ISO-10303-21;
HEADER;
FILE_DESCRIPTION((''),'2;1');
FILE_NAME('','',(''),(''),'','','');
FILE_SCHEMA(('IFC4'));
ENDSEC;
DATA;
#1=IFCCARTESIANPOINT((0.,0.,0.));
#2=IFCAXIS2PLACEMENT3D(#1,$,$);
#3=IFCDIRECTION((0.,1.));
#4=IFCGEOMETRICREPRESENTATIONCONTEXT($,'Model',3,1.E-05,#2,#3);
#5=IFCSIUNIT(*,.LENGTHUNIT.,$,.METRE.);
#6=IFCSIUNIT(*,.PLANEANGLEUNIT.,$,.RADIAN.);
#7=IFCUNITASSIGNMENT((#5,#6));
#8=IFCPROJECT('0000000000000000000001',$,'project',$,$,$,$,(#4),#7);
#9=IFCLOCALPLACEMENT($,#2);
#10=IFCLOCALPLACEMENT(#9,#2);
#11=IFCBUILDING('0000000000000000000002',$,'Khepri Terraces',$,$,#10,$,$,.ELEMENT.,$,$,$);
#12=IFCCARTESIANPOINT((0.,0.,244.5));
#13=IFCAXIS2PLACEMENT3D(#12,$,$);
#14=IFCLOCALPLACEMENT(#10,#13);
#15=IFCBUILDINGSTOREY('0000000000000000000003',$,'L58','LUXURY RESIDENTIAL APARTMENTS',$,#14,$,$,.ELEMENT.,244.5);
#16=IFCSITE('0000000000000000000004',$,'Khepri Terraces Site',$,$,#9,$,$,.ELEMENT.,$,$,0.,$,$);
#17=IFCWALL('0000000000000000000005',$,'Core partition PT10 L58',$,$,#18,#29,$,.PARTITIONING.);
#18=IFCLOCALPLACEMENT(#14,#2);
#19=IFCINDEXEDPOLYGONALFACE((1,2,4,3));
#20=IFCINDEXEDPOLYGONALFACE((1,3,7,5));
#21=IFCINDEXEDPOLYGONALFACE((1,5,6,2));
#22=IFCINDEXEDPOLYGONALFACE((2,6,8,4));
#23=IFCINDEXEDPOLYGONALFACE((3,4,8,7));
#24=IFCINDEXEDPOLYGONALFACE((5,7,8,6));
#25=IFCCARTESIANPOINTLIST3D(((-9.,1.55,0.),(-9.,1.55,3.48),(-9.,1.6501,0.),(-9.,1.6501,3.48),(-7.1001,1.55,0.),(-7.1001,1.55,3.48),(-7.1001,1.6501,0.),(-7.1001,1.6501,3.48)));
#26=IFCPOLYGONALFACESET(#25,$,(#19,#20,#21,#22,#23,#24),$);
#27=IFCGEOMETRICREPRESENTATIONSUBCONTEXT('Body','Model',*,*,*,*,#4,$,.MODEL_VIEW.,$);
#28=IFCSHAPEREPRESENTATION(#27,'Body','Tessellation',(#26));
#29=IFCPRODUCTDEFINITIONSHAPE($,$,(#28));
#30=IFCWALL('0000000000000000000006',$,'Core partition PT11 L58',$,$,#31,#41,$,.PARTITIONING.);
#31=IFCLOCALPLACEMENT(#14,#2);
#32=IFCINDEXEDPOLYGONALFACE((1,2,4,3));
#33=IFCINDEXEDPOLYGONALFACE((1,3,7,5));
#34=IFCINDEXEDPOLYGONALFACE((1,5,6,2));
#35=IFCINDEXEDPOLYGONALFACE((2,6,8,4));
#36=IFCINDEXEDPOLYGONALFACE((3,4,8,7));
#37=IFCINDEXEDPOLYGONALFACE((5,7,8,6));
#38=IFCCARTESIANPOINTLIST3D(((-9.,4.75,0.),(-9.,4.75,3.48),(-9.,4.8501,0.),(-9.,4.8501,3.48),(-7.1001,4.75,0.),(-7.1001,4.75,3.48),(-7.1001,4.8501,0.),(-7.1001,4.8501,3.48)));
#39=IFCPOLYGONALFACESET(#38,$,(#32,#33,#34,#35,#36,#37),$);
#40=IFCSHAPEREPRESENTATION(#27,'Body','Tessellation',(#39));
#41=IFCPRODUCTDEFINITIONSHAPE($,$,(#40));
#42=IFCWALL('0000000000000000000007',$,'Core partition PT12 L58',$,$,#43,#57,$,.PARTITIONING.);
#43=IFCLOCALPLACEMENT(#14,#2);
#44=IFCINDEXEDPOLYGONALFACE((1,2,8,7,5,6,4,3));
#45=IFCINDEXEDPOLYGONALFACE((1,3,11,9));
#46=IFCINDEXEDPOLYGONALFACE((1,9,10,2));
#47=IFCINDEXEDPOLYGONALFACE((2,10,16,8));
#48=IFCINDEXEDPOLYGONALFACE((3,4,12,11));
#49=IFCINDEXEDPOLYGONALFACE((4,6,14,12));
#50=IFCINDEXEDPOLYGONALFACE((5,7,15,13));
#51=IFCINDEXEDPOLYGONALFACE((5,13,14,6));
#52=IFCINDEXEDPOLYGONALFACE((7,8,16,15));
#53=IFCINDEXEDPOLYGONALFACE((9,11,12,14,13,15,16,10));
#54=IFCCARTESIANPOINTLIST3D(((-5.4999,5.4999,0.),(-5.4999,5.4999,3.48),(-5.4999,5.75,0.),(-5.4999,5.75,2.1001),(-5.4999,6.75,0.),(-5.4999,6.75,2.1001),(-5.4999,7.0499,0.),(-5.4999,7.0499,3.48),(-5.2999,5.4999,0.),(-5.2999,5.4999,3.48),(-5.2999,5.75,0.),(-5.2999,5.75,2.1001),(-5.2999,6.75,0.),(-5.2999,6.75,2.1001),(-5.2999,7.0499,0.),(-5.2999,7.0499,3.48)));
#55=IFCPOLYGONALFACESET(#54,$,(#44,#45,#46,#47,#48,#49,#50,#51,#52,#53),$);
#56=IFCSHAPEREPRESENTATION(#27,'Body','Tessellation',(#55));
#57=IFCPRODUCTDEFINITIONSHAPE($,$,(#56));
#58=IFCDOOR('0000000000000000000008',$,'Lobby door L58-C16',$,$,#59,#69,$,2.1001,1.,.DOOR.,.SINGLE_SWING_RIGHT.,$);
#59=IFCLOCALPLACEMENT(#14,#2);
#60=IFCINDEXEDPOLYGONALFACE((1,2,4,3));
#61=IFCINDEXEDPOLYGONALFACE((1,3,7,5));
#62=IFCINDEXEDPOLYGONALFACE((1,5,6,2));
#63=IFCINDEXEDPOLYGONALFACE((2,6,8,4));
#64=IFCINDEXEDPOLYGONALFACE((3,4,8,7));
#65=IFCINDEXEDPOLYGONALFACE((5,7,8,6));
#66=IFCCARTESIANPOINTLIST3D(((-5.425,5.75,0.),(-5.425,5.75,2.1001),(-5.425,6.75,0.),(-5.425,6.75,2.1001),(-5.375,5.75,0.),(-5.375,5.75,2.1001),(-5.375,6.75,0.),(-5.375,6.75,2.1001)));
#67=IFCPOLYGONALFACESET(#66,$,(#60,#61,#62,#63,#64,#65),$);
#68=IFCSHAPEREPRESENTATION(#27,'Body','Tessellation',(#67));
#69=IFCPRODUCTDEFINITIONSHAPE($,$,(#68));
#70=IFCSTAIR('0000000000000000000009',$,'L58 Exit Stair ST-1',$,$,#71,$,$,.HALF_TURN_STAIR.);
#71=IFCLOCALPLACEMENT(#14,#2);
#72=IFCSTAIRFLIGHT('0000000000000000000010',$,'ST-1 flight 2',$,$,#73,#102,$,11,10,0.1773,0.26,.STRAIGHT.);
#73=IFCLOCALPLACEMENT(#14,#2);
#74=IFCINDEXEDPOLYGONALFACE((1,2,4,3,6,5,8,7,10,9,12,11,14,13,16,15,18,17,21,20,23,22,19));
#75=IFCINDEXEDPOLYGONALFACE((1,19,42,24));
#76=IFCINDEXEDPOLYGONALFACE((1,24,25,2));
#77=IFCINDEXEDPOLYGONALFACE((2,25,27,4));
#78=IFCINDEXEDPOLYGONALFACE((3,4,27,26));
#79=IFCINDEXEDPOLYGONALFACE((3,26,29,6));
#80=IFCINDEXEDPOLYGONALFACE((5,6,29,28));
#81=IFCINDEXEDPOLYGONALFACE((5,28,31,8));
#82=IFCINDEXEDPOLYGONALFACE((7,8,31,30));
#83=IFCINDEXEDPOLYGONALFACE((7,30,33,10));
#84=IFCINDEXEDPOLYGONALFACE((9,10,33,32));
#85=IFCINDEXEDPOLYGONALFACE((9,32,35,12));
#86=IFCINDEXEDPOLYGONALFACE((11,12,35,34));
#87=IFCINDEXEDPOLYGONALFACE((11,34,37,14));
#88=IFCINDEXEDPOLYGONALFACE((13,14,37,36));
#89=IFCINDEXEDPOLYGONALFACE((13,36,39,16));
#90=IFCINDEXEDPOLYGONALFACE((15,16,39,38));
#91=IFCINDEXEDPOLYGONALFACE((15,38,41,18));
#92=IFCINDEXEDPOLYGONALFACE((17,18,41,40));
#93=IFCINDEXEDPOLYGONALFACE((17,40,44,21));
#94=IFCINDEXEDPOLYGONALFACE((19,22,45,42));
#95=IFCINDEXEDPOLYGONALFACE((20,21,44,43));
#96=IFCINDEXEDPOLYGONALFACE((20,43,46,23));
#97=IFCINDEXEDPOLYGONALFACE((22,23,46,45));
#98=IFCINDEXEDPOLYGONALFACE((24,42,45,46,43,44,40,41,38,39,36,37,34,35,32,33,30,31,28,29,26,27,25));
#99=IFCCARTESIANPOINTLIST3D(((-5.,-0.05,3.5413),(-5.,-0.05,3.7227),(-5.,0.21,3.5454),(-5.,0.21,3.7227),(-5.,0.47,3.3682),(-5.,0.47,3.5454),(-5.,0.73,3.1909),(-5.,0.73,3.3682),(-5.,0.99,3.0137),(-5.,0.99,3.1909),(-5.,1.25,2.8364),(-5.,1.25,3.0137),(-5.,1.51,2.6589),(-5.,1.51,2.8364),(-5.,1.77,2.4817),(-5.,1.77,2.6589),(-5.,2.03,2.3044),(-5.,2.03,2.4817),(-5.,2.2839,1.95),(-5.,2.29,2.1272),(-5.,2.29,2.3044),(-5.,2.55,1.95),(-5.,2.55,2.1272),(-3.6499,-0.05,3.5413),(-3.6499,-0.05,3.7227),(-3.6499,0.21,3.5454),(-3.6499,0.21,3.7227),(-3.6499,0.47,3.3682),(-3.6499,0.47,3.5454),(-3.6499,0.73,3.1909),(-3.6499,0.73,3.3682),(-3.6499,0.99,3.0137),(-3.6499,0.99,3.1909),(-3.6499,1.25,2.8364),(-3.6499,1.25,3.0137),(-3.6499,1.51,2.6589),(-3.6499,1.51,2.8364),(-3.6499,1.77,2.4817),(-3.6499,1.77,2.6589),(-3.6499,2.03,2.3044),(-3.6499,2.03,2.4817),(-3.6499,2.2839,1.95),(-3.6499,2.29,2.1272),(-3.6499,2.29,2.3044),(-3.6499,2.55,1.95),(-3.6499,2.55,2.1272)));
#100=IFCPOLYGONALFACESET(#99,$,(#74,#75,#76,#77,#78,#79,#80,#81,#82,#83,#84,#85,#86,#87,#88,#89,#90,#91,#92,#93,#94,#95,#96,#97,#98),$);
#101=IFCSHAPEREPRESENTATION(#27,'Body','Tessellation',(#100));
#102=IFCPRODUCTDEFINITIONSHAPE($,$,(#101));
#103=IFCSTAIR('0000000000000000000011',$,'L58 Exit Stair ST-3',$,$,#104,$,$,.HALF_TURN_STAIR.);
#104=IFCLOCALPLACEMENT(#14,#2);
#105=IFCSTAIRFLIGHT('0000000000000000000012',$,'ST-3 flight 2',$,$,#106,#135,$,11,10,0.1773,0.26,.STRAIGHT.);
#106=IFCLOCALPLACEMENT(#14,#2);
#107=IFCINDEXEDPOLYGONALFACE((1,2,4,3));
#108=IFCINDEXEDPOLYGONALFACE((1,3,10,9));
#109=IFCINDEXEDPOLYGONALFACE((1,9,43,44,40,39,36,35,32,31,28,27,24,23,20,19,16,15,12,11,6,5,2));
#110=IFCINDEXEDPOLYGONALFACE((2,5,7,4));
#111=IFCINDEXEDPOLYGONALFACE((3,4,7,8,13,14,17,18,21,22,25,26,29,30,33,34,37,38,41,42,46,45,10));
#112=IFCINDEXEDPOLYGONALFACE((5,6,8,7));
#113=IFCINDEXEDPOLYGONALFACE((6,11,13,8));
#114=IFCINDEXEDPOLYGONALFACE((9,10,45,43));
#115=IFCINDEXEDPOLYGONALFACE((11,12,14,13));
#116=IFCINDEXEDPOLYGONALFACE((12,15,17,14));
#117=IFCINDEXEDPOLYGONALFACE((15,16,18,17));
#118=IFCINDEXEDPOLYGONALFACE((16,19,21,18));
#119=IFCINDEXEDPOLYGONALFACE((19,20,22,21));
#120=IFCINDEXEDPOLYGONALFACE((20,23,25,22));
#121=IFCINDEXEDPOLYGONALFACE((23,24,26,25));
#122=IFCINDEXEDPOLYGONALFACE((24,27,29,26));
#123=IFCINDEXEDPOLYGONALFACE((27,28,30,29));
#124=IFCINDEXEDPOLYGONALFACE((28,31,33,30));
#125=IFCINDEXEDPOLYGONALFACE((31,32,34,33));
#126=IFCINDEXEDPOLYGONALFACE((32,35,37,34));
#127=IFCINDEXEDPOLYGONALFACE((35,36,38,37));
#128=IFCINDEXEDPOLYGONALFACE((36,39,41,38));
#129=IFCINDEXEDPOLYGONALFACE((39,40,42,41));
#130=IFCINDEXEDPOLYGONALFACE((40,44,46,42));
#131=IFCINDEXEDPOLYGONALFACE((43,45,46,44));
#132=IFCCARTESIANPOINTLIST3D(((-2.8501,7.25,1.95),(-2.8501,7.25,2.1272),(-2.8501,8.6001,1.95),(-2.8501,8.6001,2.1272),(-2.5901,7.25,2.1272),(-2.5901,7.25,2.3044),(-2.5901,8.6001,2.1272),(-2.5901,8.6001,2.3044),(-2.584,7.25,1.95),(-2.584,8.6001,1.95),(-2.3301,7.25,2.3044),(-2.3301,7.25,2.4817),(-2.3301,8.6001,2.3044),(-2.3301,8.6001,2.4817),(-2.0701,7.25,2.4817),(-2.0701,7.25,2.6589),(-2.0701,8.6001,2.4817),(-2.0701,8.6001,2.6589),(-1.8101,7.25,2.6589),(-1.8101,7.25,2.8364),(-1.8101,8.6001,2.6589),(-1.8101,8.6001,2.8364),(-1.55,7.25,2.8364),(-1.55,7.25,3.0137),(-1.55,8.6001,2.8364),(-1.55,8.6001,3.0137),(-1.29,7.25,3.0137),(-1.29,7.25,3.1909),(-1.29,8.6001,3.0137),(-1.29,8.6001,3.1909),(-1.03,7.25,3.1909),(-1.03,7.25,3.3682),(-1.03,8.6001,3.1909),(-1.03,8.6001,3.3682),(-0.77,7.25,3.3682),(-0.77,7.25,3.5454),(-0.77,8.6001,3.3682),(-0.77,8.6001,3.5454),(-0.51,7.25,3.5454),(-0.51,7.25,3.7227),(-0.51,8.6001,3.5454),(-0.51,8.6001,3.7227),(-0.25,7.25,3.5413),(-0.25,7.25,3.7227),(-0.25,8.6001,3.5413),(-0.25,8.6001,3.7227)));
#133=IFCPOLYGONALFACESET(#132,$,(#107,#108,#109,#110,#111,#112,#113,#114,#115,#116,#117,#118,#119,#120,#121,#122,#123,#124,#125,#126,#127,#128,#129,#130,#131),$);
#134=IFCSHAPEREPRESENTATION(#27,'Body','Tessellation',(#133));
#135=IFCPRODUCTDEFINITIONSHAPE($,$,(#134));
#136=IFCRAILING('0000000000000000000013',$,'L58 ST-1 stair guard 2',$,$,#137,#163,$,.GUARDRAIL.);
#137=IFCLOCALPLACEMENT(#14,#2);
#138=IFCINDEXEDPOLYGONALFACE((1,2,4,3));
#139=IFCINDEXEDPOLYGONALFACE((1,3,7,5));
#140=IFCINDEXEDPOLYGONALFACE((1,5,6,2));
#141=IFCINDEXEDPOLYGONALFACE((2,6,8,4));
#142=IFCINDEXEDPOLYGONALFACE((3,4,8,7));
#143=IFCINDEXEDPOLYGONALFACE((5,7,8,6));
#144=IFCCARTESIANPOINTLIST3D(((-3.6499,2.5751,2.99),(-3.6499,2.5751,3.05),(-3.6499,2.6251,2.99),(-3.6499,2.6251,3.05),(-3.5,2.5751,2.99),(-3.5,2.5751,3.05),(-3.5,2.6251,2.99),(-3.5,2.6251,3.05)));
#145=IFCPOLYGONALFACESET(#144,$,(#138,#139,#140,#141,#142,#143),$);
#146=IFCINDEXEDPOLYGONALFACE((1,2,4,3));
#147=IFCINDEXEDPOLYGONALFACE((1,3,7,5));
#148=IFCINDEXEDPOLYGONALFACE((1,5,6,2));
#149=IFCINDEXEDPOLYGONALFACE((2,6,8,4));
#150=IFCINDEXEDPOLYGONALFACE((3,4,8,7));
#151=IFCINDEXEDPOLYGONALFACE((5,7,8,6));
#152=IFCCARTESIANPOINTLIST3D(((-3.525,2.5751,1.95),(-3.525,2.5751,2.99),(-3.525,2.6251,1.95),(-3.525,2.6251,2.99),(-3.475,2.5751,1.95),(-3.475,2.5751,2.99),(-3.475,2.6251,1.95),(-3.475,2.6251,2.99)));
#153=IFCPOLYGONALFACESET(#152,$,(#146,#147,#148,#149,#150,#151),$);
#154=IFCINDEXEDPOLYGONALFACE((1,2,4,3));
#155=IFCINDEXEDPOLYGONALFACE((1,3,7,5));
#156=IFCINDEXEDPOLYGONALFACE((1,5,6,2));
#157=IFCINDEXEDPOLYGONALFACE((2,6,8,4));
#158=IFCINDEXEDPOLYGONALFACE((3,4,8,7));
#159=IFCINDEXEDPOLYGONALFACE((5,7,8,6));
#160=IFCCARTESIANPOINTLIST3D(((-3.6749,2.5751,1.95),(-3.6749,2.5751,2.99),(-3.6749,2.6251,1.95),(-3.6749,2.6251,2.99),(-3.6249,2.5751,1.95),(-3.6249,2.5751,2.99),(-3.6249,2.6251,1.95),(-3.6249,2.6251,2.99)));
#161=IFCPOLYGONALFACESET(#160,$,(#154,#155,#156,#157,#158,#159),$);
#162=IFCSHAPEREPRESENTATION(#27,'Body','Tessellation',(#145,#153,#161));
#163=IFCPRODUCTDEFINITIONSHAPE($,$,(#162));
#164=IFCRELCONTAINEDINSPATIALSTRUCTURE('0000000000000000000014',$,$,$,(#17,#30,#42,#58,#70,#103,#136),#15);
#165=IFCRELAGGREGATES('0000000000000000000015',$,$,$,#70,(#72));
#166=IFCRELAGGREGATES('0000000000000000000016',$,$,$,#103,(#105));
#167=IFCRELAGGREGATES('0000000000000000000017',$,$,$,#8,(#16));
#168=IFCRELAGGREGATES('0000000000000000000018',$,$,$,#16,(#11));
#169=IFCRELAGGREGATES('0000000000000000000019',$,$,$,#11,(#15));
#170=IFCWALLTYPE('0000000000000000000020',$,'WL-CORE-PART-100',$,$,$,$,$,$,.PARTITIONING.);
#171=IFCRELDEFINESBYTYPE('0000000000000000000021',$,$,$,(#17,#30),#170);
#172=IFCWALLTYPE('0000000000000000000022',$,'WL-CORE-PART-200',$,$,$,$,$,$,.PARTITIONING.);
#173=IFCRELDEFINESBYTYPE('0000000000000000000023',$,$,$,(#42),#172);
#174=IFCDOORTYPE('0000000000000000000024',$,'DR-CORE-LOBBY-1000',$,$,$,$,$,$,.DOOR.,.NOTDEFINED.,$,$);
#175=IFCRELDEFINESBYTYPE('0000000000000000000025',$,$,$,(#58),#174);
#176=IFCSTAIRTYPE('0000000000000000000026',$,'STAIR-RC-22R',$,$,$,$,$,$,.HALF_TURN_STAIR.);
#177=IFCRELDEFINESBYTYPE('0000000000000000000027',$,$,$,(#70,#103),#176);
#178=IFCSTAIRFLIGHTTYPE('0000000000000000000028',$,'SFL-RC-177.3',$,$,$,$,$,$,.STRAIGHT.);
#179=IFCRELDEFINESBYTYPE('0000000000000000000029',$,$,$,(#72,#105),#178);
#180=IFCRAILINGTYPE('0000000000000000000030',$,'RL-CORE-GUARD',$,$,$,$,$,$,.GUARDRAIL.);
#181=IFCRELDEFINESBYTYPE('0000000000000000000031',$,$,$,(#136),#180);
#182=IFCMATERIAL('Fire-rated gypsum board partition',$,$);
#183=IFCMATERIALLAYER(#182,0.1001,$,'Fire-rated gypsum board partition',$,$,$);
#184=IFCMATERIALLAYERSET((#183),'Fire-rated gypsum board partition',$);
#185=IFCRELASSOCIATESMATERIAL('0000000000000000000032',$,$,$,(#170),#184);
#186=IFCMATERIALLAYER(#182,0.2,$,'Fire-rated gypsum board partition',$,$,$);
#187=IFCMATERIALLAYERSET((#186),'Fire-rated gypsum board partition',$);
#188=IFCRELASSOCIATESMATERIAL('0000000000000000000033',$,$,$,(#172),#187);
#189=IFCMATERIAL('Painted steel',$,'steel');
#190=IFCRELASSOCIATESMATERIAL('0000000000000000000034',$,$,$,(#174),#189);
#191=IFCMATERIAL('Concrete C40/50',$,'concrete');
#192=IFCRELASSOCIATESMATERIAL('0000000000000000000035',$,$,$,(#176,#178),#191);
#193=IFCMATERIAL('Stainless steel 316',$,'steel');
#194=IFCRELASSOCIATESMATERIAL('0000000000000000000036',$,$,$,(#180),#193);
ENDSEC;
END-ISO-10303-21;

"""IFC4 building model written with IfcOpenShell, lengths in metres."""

from ifc_helpers import new_model, si_unit, direction, frame, frame_2d, origin, origin_2d, place, context, subcontext, project, spatial, polyline, rectangle, outline, extrude, material, layer, layer_set, type_object, element, fill, aggregate, save


model = new_model("IFC4")

# Units and contexts
model_context = context("Model", 3, precision=1e-05, world=origin(), true_north=direction((0.0, 1.0)))
body_context = subcontext(model_context, "Body", "Model", "MODEL_VIEW")
ifc_project = project(units=[si_unit("LENGTHUNIT", "METRE"), si_unit("PLANEANGLEUNIT", "RADIAN")], contexts=[model_context])

# Site, building, storey
site_placement = place(None, origin())
site = spatial("IfcSite", under=ifc_project, at=site_placement, Name="Khepri Terraces Site", CompositionType="ELEMENT", RefElevation=0.0)
building_placement = place(site_placement, origin())
building = spatial("IfcBuilding", under=site, at=building_placement, Name="Khepri Terraces", CompositionType="ELEMENT")
storey_placement = place(building_placement, frame((0.0, 0.0, 244.5)))
storey = spatial("IfcBuildingStorey", under=building, at=storey_placement, Name="L58", Description="LUXURY RESIDENTIAL APARTMENTS", CompositionType="ELEMENT", Elevation=244.5)

# Shared definitions
ifc_material_1 = material(Name="Concrete C40/50", Category="concrete")

# Shared definitions
ifc_material_2 = material(Name="Painted steel", Category="steel")

# Walls
ifc_material_3 = material(Name="Fire-rated gypsum board partition")
ifc_layer_1 = layer(ifc_material_3, 0.1001, Name="Fire-rated gypsum board partition")
ifc_layer_set_1 = layer_set([ifc_layer_1], Name="Fire-rated gypsum board partition")
wall_type_1 = type_object("IfcWallType", Name="WL-CORE-PART-100", PredefinedType="PARTITIONING", material=ifc_layer_set_1)
for number, where, z_axis, x_axis, name in (
    (1, (-9.0, 1.6001, 0.0), (0.0, 0.0, 1.0), (1.0, 0.0, 0.0), "Core partition PT10 L58"),
    (2, (-9.0, 4.8, 0.0), (0.0, 0.0, 1.0), (1.0, 0.0, 0.0), "Core partition PT11 L58"),
):
    element("IfcWall", number, at=place(storey_placement, frame(where, z_axis=z_axis, x_axis=x_axis)), inside=storey, type_object=wall_type_1, Name=name, PredefinedType="PARTITIONING", context=body_context, shape_type="SweptSolid", body=[
        extrude(rectangle(XDim=1.8999, YDim=0.1001, at=frame_2d((0.95, 0.0))), origin(), (0.0, 0.0, 1.0), 3.48),
    ])

# Wall, opening, door
ifc_layer_2 = layer(ifc_material_3, 0.2, Name="Fire-rated gypsum board partition")
ifc_layer_set_2 = layer_set([ifc_layer_2], Name="Fire-rated gypsum board partition")
wall_type_2 = type_object("IfcWallType", Name="WL-CORE-PART-200", PredefinedType="PARTITIONING", material=ifc_layer_set_2)
wall_1_placement = place(storey_placement, frame((-5.3999, 5.5, 0.0), z_axis=(0.0, 0.0, 1.0), x_axis=(0.0, 1.0, 0.0)))
wall_1 = element("IfcWall", 3, at=wall_1_placement, inside=storey, type_object=wall_type_2, Name="Core partition PT12 L58", PredefinedType="PARTITIONING", context=body_context, shape_type="SweptSolid", body=[
    extrude(rectangle(XDim=1.55, YDim=0.2, at=frame_2d((0.7749, 0.0))), origin(), (0.0, 0.0, 1.0), 3.48),
])
opening_1_placement = place(wall_1_placement, frame((0.25, 0.0, 0.0)))
opening_1 = element("IfcOpeningElement", 4, at=opening_1_placement, cuts=wall_1, PredefinedType="OPENING", context=body_context, shape_type="SweptSolid", body=[
    extrude(rectangle(XDim=1.0, YDim=2.1001, at=frame_2d((0.5, 1.05))), frame((0.0, 0.1099, 0.0), z_axis=(0.0, -1.0, 0.0), x_axis=(1.0, 0.0, 0.0)), (0.0, 0.0, 1.0), 0.22),
])
door_type_1 = type_object("IfcDoorType", Name="DR-CORE-LOBBY-1000", OperationType="NOTDEFINED", PredefinedType="DOOR", material=ifc_material_2)
door_1_placement = place(opening_1_placement, frame((1.0, 0.0, 0.0), z_axis=(0.0, 0.0, 1.0), x_axis=(-1.0, 0.0, 0.0)))
door_1 = element("IfcDoor", 5, at=door_1_placement, inside=storey, type_object=door_type_1, Name="Lobby door L58-C16", OperationType="SINGLE_SWING_RIGHT", OverallHeight=2.1001, OverallWidth=1.0, PredefinedType="DOOR", context=body_context, shape_type="SweptSolid", body=[
    extrude(rectangle(XDim=1.0, YDim=2.1001, at=frame_2d((0.5, 1.05))), frame((0.0, 0.0249, 0.0), z_axis=(0.0, -1.0, 0.0), x_axis=(1.0, 0.0, 0.0)), (0.0, 0.0, 1.0), 0.05),
])
fill(opening_1, door_1)

# Stairs, stair flights
stair_type = type_object("IfcStairType", Name="STAIR-RC-22R", PredefinedType="HALF_TURN_STAIR", material=ifc_material_1)
stair_1_placement = place(storey_placement, origin())
stair_1 = element("IfcStair", 6, at=stair_1_placement, inside=storey, type_object=stair_type, Name="L58 Exit Stair ST-1", PredefinedType="HALF_TURN_STAIR")
stair_flight_type = type_object("IfcStairFlightType", Name="SFL-RC-177.3", PredefinedType="STRAIGHT", material=ifc_material_1)
stair_flight_1_placement = place(storey_placement, frame((-4.325, 2.55, 1.95), z_axis=(0.0, 0.0, 1.0), x_axis=(0.0, -1.0, 0.0)))
stair_flight_1 = element("IfcStairFlight", 7, at=stair_flight_1_placement, type_object=stair_flight_type, Name="ST-1 flight 2", NumberOfRisers=11, NumberOfTreads=10, PredefinedType="STRAIGHT", RiserHeight=0.1773, TreadLength=0.26, context=body_context, shape_type="SweptSolid", body=[
    extrude(outline(polyline([(0.0, 0.0), (0.0, 0.1772), (0.26, 0.1772), (0.26, 0.3545), (0.52, 0.3545), (0.52, 0.5317), (0.78, 0.5317), (0.78, 0.709), (1.04, 0.709), (1.04, 0.8865), (1.3, 0.8865), (1.3, 1.0637), (1.5601, 1.0637), (1.5601, 1.241), (1.8201, 1.241), (1.8201, 1.4182), (2.0801, 1.4182), (2.0801, 1.5955), (2.3401, 1.5955), (2.3401, 1.7727), (2.6001, 1.7727), (2.6001, 1.95), (2.6001, 1.5913), (0.2661, 0.0), (0.0, 0.0)])), frame((0.0, 0.675, 0.0), z_axis=(0.0, -1.0, 0.0), x_axis=(1.0, 0.0, 0.0)), (0.0, 0.0, 1.0), 1.3501),
])
aggregate(stair_1, [stair_flight_1])
stair_2_placement = place(storey_placement, origin())
stair_2 = element("IfcStair", 8, at=stair_2_placement, inside=storey, type_object=stair_type, Name="L58 Exit Stair ST-3", PredefinedType="HALF_TURN_STAIR")
stair_flight_2_placement = place(storey_placement, frame((-2.8501, 7.925, 1.95), z_axis=(0.0, 0.0, 1.0), x_axis=(1.0, 0.0, 0.0)))
stair_flight_2 = element("IfcStairFlight", 9, at=stair_flight_2_placement, type_object=stair_flight_type, Name="ST-3 flight 2", NumberOfRisers=11, NumberOfTreads=10, PredefinedType="STRAIGHT", RiserHeight=0.1773, TreadLength=0.26, context=body_context, shape_type="SweptSolid", body=[
    extrude(outline(polyline([(0.0, 0.0), (0.0, 0.1772), (0.26, 0.1772), (0.26, 0.3545), (0.52, 0.3545), (0.52, 0.5317), (0.78, 0.5317), (0.78, 0.709), (1.04, 0.709), (1.04, 0.8865), (1.3, 0.8865), (1.3, 1.0637), (1.5601, 1.0637), (1.5601, 1.241), (1.8201, 1.241), (1.8201, 1.4182), (2.0801, 1.4182), (2.0801, 1.5955), (2.3401, 1.5955), (2.3401, 1.7727), (2.6001, 1.7727), (2.6001, 1.95), (2.6001, 1.5913), (0.2661, 0.0), (0.0, 0.0)])), frame((0.0, 0.675, 0.0), z_axis=(0.0, -1.0, 0.0), x_axis=(1.0, 0.0, 0.0)), (0.0, 0.0, 1.0), 1.3501),
])
aggregate(stair_2, [stair_flight_2])

# Railing
ifc_material_4 = material(Name="Stainless steel 316", Category="steel")
railing_type_1 = type_object("IfcRailingType", Name="RL-CORE-GUARD", PredefinedType="GUARDRAIL", material=ifc_material_4)
railing_1_placement = place(storey_placement, frame((-3.5, 2.6001, 1.95)))
element("IfcRailing", 10, at=railing_1_placement, inside=storey, type_object=railing_type_1, Name="L58 ST-1 stair guard 2", PredefinedType="GUARDRAIL", context=body_context, shape_type="SweptSolid", body=[
    extrude(rectangle(XDim=0.05, YDim=0.0601, at=origin_2d()), frame((0.0, 0.0, 1.0701), z_axis=(-1.0, 0.0, 0.0), x_axis=(0.0, -1.0, 0.0)), (0.0, 0.0, 1.0), 0.1499),
    extrude(rectangle(XDim=0.05, YDim=0.05, at=origin_2d()), origin(), (0.0, 0.0, 1.0), 1.04),
    extrude(rectangle(XDim=0.05, YDim=0.05, at=origin_2d()), frame((-0.1499, 0.0, 0.0)), (0.0, 0.0, 1.0), 1.04),
])

save(model, "model.ifc")
